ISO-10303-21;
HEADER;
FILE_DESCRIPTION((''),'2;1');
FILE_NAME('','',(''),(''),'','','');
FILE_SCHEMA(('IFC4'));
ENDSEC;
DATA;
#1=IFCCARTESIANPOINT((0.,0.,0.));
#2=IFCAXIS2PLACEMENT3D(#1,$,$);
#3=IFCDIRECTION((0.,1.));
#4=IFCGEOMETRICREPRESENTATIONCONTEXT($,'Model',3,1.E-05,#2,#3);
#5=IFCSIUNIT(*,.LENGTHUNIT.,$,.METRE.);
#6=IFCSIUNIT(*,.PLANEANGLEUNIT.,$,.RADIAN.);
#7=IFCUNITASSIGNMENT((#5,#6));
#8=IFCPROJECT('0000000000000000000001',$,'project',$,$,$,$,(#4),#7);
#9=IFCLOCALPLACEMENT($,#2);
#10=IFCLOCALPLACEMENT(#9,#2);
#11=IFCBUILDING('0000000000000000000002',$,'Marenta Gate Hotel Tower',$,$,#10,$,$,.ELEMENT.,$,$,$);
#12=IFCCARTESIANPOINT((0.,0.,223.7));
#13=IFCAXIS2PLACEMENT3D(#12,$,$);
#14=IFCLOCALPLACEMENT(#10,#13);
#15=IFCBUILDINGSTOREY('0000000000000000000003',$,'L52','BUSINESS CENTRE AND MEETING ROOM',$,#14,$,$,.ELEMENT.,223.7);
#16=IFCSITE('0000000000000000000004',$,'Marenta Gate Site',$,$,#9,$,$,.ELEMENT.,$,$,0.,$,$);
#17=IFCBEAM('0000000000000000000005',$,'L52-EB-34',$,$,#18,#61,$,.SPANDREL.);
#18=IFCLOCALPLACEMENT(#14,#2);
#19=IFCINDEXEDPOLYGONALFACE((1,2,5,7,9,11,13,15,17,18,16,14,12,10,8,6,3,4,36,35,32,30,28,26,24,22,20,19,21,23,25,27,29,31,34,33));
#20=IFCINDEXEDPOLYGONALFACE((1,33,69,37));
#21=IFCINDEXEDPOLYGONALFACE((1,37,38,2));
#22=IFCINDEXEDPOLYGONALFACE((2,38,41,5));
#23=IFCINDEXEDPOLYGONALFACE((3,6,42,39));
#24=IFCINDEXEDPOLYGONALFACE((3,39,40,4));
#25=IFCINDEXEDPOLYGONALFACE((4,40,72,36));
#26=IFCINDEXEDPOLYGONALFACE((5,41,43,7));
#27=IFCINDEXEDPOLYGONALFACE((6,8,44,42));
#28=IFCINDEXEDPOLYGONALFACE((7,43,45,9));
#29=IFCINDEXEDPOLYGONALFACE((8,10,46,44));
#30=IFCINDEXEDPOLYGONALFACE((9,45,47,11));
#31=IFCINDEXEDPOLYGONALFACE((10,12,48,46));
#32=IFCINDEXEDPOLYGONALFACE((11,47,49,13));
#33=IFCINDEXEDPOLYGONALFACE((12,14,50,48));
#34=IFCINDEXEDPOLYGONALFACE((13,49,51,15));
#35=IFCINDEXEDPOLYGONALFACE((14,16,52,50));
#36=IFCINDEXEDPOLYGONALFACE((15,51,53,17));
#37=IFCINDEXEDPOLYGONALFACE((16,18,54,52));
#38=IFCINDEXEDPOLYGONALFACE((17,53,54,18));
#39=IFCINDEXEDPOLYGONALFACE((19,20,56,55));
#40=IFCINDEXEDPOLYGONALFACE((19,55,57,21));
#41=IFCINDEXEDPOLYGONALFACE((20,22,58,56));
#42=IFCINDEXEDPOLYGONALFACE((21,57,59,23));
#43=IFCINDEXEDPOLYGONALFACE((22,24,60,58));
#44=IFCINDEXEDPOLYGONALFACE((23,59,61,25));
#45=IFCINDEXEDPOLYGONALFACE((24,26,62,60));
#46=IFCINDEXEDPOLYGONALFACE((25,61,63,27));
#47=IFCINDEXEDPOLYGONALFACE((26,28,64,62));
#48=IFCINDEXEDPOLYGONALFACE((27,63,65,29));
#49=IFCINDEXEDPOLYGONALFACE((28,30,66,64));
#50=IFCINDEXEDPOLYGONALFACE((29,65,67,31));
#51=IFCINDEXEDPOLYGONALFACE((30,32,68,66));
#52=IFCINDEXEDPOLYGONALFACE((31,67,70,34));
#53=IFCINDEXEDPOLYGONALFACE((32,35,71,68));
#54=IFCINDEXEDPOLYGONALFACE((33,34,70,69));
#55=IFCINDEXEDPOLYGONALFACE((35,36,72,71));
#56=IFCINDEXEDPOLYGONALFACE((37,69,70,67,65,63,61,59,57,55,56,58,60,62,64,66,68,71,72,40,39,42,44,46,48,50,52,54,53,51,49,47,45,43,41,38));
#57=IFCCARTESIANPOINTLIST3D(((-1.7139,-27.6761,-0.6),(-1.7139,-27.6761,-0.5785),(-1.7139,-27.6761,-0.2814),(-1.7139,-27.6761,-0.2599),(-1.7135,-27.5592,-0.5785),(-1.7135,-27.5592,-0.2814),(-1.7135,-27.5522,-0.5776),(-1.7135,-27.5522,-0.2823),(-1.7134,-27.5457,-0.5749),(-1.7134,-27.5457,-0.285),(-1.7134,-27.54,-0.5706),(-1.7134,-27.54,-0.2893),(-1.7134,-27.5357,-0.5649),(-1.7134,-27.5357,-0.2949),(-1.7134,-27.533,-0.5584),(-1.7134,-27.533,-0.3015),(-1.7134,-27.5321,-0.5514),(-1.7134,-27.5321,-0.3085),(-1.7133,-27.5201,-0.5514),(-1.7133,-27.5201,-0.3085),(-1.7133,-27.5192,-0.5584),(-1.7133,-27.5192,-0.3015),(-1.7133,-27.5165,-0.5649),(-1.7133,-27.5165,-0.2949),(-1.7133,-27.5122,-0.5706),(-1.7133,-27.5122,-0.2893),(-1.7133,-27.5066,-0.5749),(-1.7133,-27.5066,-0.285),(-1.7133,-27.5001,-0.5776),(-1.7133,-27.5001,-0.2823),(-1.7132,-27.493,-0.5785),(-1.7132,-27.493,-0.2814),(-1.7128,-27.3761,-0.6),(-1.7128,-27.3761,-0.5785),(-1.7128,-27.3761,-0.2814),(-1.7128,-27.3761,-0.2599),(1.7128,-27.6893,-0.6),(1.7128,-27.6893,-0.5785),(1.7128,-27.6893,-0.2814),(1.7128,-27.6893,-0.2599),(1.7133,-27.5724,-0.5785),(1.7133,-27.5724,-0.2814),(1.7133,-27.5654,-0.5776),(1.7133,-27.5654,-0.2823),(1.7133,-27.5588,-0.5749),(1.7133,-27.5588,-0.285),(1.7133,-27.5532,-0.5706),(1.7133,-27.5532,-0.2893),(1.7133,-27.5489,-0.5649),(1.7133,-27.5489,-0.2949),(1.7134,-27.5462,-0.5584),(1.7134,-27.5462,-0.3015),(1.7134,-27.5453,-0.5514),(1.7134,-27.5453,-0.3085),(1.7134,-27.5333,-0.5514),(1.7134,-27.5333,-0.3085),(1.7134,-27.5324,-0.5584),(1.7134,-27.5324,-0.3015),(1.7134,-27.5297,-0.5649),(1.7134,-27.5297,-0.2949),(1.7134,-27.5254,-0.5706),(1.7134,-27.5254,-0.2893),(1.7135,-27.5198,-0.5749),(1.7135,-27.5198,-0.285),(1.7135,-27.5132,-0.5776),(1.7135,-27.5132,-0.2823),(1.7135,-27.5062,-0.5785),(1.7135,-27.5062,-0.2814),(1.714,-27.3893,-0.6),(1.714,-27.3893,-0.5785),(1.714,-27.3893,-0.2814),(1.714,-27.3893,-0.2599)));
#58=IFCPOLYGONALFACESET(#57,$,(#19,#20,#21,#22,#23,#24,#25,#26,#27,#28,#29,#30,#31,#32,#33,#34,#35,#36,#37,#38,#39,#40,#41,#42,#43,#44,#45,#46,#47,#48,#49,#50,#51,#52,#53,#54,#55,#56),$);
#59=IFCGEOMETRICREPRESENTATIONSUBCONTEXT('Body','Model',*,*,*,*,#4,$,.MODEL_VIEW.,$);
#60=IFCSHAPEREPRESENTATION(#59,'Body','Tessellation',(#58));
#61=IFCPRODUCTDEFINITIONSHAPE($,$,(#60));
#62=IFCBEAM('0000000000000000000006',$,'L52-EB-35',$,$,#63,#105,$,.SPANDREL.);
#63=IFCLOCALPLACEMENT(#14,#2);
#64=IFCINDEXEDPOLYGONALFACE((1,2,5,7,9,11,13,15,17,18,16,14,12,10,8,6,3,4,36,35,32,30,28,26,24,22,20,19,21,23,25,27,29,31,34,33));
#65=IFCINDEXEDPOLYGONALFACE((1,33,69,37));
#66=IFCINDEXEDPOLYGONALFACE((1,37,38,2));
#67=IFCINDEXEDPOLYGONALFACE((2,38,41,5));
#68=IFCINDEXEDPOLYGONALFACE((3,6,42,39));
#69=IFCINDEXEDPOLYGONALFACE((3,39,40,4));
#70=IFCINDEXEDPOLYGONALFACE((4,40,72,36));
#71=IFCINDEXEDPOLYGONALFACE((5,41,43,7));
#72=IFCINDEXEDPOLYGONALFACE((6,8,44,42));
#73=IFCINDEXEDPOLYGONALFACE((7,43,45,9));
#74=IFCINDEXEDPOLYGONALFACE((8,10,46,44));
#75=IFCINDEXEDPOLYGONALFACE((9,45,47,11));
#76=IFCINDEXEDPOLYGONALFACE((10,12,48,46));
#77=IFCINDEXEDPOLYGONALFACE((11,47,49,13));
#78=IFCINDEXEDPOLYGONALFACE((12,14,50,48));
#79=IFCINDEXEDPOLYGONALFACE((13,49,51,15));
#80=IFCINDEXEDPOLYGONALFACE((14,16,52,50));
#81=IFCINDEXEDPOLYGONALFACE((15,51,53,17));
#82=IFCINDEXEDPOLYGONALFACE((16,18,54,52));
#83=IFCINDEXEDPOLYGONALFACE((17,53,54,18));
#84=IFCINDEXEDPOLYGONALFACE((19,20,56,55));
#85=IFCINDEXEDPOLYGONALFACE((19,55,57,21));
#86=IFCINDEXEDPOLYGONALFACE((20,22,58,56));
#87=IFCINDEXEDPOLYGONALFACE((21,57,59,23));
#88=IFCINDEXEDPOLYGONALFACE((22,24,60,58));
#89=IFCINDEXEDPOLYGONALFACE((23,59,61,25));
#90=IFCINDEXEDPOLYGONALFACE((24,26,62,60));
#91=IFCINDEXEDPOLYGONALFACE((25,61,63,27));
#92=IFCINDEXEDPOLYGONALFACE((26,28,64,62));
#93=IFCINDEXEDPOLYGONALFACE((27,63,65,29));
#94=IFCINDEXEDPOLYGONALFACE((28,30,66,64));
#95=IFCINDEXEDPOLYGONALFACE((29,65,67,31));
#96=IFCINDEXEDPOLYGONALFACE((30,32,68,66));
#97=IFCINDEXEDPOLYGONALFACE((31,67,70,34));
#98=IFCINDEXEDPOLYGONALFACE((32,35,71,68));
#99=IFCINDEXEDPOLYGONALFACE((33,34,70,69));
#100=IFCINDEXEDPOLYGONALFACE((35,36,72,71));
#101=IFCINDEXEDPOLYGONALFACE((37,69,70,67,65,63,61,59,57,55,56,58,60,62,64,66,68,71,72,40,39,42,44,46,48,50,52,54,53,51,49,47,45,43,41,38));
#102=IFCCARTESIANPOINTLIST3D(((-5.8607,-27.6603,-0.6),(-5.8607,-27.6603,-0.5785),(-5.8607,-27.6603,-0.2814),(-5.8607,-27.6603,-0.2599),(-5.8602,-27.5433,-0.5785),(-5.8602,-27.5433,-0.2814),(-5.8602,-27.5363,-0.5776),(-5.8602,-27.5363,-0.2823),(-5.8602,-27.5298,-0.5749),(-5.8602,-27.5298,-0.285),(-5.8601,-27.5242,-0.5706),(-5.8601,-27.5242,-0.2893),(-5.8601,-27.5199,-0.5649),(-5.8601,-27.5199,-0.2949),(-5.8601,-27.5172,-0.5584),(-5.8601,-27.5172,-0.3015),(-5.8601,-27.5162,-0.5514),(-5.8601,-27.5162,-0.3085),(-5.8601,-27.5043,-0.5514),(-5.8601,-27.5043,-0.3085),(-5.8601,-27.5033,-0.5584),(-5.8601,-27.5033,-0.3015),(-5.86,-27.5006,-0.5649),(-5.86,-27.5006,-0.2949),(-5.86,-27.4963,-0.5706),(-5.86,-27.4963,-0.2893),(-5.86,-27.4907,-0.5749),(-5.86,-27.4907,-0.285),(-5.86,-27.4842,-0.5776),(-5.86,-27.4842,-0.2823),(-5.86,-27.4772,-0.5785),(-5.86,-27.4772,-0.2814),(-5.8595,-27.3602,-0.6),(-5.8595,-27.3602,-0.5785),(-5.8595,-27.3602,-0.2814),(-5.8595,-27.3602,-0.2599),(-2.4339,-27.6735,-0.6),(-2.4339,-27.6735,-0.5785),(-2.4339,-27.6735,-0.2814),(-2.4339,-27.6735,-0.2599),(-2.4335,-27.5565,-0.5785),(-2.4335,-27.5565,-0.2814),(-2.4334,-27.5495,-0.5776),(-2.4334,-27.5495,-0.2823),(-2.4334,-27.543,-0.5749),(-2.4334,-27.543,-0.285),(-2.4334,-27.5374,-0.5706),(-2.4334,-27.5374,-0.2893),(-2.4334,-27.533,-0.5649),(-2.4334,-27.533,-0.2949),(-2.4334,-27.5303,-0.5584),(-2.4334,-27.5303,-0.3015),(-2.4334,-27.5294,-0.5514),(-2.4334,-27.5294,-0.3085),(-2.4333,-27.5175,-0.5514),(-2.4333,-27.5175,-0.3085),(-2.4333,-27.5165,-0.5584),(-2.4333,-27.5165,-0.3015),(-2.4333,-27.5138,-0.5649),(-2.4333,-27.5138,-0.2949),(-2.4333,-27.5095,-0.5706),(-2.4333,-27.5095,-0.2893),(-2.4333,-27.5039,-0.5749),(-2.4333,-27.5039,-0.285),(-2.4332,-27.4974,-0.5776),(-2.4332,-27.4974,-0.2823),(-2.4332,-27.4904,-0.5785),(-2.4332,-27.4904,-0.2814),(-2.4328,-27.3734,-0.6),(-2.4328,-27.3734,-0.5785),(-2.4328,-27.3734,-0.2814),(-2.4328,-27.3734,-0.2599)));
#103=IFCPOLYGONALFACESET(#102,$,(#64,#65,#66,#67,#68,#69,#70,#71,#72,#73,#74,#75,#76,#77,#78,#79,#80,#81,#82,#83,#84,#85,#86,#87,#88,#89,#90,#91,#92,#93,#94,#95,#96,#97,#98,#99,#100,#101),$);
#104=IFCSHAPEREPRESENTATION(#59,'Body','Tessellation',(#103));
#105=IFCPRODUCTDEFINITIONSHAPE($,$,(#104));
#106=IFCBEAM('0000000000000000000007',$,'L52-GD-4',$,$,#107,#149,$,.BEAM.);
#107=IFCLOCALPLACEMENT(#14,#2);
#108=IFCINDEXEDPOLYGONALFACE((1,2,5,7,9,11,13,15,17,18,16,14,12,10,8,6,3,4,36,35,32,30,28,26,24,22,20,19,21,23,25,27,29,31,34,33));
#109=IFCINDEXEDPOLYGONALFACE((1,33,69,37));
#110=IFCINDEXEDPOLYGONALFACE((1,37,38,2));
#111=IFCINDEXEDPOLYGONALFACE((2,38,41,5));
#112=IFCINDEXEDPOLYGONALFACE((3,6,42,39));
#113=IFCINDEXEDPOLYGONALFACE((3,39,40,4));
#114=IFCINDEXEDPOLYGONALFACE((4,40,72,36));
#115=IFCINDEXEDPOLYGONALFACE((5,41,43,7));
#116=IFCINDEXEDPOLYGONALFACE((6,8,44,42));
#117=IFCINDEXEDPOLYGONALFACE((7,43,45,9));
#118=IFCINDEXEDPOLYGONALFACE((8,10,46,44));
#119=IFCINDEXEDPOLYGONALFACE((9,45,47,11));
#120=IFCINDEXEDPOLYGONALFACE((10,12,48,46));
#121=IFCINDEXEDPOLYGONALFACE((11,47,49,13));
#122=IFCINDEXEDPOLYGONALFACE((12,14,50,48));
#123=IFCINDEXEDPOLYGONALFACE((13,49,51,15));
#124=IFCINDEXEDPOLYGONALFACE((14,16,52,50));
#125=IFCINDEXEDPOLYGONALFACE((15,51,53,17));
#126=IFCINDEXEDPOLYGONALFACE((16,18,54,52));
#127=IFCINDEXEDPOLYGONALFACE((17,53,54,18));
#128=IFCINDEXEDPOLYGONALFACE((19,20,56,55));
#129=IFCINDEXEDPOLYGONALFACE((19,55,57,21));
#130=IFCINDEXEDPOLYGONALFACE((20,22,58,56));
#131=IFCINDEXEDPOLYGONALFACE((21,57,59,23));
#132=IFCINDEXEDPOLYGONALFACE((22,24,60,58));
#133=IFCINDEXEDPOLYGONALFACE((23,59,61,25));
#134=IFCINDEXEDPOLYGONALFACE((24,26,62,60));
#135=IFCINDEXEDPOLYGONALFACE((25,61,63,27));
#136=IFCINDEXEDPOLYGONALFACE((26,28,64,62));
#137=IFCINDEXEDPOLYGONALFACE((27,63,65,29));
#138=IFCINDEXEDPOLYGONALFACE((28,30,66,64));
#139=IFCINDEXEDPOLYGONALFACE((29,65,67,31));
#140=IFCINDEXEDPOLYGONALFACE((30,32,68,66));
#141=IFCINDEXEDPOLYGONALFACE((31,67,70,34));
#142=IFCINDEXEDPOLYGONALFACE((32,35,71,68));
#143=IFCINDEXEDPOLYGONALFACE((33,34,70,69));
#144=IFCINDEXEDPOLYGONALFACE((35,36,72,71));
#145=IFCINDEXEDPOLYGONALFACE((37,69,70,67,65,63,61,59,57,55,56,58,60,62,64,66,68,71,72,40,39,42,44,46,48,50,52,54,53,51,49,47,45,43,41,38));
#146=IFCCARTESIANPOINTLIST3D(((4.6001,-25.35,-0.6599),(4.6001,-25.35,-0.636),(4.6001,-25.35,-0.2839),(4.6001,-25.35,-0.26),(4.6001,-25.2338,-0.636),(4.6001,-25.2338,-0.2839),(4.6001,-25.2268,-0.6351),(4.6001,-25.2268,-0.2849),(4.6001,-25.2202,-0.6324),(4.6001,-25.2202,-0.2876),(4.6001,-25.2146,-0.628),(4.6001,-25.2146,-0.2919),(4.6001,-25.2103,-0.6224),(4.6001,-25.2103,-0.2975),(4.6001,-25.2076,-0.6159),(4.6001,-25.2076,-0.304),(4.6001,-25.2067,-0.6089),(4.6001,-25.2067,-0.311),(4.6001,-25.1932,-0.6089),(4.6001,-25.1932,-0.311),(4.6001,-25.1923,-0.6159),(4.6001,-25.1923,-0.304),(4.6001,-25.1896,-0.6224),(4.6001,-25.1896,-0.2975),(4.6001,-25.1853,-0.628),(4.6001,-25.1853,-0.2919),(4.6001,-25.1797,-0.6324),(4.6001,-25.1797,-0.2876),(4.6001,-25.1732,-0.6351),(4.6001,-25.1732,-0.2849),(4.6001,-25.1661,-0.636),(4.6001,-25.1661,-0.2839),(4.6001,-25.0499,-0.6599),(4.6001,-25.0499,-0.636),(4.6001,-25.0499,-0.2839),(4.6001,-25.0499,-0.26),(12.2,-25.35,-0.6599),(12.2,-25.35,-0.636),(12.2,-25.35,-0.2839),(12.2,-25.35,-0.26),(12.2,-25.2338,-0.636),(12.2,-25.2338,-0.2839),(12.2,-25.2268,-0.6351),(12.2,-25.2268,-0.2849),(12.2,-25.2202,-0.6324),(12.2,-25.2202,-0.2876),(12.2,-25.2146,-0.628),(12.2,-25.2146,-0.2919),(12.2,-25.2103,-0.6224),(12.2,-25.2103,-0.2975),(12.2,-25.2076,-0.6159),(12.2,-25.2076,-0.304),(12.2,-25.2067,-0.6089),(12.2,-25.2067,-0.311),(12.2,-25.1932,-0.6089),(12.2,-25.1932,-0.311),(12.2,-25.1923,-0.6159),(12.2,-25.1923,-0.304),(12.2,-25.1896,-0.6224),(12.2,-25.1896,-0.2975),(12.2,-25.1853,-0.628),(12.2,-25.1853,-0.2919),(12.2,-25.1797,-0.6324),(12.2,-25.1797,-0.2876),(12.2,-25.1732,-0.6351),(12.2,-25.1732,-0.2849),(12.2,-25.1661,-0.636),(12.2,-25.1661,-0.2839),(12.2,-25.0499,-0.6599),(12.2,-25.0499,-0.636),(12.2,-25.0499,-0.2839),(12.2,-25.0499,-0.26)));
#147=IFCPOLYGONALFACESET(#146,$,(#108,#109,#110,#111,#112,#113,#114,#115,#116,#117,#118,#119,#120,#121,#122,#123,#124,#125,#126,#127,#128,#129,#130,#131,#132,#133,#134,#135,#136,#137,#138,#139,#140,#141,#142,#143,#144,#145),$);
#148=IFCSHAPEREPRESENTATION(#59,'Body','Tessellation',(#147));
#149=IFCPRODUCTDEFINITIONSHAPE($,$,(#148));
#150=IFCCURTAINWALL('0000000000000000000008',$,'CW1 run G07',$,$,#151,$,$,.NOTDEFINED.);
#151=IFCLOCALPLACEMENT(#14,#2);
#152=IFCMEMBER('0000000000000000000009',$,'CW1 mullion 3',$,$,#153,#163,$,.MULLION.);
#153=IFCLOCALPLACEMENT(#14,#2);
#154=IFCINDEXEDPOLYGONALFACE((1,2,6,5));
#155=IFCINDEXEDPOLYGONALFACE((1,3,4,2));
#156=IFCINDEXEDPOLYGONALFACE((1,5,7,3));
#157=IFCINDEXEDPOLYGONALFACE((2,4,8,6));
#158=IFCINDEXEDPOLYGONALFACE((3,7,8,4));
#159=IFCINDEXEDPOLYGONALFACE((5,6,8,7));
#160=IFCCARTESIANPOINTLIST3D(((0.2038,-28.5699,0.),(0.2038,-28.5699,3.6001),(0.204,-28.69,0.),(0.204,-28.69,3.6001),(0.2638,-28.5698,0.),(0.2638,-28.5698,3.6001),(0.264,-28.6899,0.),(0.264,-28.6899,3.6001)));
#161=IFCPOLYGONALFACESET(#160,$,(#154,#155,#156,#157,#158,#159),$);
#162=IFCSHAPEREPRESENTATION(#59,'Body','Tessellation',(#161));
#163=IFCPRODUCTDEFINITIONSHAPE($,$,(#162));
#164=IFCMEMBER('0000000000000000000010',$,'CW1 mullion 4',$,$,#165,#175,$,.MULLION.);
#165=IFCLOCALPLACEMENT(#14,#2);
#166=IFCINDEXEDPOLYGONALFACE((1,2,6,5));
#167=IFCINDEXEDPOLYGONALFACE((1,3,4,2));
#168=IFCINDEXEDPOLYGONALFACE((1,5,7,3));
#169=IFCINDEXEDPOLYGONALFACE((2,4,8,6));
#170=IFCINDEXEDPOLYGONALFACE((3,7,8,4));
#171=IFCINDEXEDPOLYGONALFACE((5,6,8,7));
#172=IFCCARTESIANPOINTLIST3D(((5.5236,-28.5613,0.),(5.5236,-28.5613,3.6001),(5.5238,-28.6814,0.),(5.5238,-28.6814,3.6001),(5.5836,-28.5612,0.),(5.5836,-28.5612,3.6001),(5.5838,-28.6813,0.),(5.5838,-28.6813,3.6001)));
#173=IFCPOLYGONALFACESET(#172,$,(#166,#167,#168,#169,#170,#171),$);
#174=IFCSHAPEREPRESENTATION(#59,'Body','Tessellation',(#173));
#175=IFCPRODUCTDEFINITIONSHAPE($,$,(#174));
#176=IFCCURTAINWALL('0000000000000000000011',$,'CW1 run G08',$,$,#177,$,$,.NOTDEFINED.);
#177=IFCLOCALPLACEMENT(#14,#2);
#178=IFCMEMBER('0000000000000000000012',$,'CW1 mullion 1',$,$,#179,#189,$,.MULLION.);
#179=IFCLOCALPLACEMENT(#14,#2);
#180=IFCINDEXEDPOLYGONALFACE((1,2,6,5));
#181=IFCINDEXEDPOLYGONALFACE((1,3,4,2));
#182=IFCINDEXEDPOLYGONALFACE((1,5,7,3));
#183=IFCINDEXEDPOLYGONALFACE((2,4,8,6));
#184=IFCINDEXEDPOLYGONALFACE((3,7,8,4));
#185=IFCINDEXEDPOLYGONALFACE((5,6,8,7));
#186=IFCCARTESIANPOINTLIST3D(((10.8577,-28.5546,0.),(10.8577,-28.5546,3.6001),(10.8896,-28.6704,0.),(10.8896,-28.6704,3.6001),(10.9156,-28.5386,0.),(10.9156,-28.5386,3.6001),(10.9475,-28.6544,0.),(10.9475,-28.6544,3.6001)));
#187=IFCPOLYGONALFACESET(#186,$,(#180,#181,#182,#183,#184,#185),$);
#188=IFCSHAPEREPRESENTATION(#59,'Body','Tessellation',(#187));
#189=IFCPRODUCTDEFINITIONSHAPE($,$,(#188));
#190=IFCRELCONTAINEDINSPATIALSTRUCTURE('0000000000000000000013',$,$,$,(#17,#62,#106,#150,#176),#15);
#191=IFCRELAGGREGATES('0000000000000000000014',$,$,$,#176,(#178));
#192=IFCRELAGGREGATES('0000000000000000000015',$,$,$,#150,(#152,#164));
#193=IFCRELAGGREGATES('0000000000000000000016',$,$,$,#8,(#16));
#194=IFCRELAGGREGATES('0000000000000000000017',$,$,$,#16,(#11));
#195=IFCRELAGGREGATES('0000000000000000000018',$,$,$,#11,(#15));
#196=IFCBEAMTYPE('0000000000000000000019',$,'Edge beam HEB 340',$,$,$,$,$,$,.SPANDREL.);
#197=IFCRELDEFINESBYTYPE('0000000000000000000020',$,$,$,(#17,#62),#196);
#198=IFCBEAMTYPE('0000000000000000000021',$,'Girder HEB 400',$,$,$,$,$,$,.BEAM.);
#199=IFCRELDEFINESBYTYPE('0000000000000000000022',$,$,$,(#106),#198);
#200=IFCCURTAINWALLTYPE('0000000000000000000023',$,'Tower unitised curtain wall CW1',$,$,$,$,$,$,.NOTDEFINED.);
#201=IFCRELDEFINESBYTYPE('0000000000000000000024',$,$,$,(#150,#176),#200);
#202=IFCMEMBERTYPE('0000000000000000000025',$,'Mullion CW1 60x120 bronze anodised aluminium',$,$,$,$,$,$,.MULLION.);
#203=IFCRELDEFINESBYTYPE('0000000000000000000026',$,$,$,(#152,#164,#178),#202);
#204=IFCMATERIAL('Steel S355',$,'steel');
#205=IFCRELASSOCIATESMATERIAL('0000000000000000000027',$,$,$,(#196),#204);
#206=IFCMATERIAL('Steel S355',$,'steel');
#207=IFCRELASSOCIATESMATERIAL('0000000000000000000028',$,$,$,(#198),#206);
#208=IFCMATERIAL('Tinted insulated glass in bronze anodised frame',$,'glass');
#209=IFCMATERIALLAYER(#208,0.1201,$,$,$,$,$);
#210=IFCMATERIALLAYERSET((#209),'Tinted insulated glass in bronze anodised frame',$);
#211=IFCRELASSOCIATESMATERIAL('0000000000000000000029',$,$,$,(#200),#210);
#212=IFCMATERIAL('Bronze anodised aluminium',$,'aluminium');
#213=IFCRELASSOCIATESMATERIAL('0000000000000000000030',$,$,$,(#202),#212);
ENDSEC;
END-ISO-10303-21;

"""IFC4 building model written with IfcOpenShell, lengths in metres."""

from ifc_helpers import new_model, si_unit, direction, frame, origin, origin_2d, place, context, subcontext, project, spatial, rectangle, i_section, extrude, material, layer, layer_set, material_profile, profile_set, type_object, element, aggregate, save


model = new_model("IFC4")

# Units and contexts
model_context = context("Model", 3, precision=1e-05, world=origin(), true_north=direction((0.0, 1.0)))
body_context = subcontext(model_context, "Body", "Model", "MODEL_VIEW")
ifc_project = project(units=[si_unit("LENGTHUNIT", "METRE"), si_unit("PLANEANGLEUNIT", "RADIAN")], contexts=[model_context])

# Site, building, storey
site_placement = place(None, origin())
site = spatial("IfcSite", under=ifc_project, at=site_placement, Name="Marenta Gate Site", CompositionType="ELEMENT", RefElevation=0.0)
building_placement = place(site_placement, origin())
building = spatial("IfcBuilding", under=site, at=building_placement, Name="Marenta Gate Hotel Tower", CompositionType="ELEMENT")
storey_placement = place(building_placement, frame((0.0, 0.0, 223.7)))
storey = spatial("IfcBuildingStorey", under=building, at=storey_placement, Name="L52", Description="BUSINESS CENTRE AND MEETING ROOM", CompositionType="ELEMENT", Elevation=223.7)

# Beams
ifc_material_1 = material(Name="Steel S355", Category="steel")
ifc_material_profile_1 = material_profile(ifc_material_1, i_section(OverallWidth=0.3, OverallDepth=0.3401, WebThickness=0.012, FlangeThickness=0.0215, FilletRadius=0.0271, at=origin_2d()), Name="HEB 340")
ifc_profile_set_1 = profile_set([ifc_material_profile_1], Name="Steel S355")
beam_type_1 = type_object("IfcBeamType", Name="Edge beam HEB 340", PredefinedType="SPANDREL", material=ifc_profile_set_1)
for number, where, z_axis, x_axis, name in (
    (1, (1.7134, -27.5393, -0.4299), (-0.999993, 0.003847, 0.0), (-0.003847, -0.999993, 0.0), "L52-EB-34"),
    (2, (-2.4333, -27.5234, -0.4299), (-0.999993, 0.003847, 0.0), (-0.003847, -0.999993, 0.0), "L52-EB-35"),
):
    element("IfcBeam", number, at=place(storey_placement, frame(where, z_axis=z_axis, x_axis=x_axis)), inside=storey, type_object=beam_type_1, Name=name, PredefinedType="SPANDREL", context=body_context, shape_type="SweptSolid", body=[
        extrude(i_section(OverallWidth=0.3, OverallDepth=0.3401, WebThickness=0.012, FlangeThickness=0.0215, FilletRadius=0.0271, at=origin_2d()), origin(), (0.0, 0.0, 1.0), 3.4268),
    ])
ifc_material_2 = material(Name="Steel S355", Category="steel")
ifc_material_profile_2 = material_profile(ifc_material_2, i_section(OverallWidth=0.3, OverallDepth=0.3999, WebThickness=0.0134, FlangeThickness=0.0239, FilletRadius=0.0271, at=origin_2d()), Name="HEB 400")
ifc_profile_set_2 = profile_set([ifc_material_profile_2], Name="Steel S355")
beam_type_2 = type_object("IfcBeamType", Name="Girder HEB 400", PredefinedType="BEAM", material=ifc_profile_set_2)
beam_1_placement = place(storey_placement, frame((4.6001, -25.2, -0.46), z_axis=(1.0, 0.0, 0.0), x_axis=(0.0, 1.0, 0.0)))
element("IfcBeam", 3, at=beam_1_placement, inside=storey, type_object=beam_type_2, Name="L52-GD-4", PredefinedType="BEAM", context=body_context, shape_type="SweptSolid", body=[
    extrude(i_section(OverallWidth=0.3, OverallDepth=0.3999, WebThickness=0.0134, FlangeThickness=0.0239, FilletRadius=0.0271, at=origin_2d()), origin(), (0.0, 0.0, 1.0), 7.5999),
])

# Curtain wall, members
ifc_material_3 = material(Name="Tinted insulated glass in bronze anodised frame", Category="glass")
ifc_layer_1 = layer(ifc_material_3, 0.1201)
ifc_layer_set_1 = layer_set([ifc_layer_1], Name="Tinted insulated glass in bronze anodised frame")
curtain_wall_type = type_object("IfcCurtainWallType", Name="Tower unitised curtain wall CW1", PredefinedType="NOTDEFINED", material=ifc_layer_set_1)
curtain_wall_1_placement = place(storey_placement, origin())
curtain_wall_1 = element("IfcCurtainWall", 4, at=curtain_wall_1_placement, inside=storey, type_object=curtain_wall_type, Name="CW1 run G07", PredefinedType="NOTDEFINED")
ifc_material_4 = material(Name="Bronze anodised aluminium", Category="aluminium")
ifc_material_profile_3 = material_profile(ifc_material_4, rectangle(XDim=0.1201, YDim=0.0601, at=origin_2d()), Name="Mullion CW1 60x120 bronze anodised aluminium")
ifc_profile_set_3 = profile_set([ifc_material_profile_3], Name="Bronze anodised aluminium")
member_type_1 = type_object("IfcMemberType", Name="Mullion CW1 60x120 bronze anodised aluminium", PredefinedType="MULLION", material=ifc_profile_set_3)
member_1_placement = place(storey_placement, frame((0.2339, -28.6299, 0.0), z_axis=(0.0, 0.0, 1.0), x_axis=(-0.001645, 0.999999, 0.0)))
member_1 = element("IfcMember", 5, at=member_1_placement, type_object=member_type_1, Name="CW1 mullion 3", PredefinedType="MULLION", context=body_context, shape_type="SweptSolid", body=[
    extrude(rectangle(XDim=0.1201, YDim=0.0601, at=origin_2d()), origin(), (0.0, 0.0, 1.0), 3.6001),
])
member_2_placement = place(storey_placement, frame((5.5537, -28.6213, 0.0), z_axis=(0.0, 0.0, 1.0), x_axis=(-0.001645, 0.999999, 0.0)))
member_2 = element("IfcMember", 6, at=member_2_placement, type_object=member_type_1, Name="CW1 mullion 4", PredefinedType="MULLION", context=body_context, shape_type="SweptSolid", body=[
    extrude(rectangle(XDim=0.1201, YDim=0.0601, at=origin_2d()), origin(), (0.0, 0.0, 1.0), 3.6001),
])

# Curtain wall, member
curtain_wall_2_placement = place(storey_placement, origin())
curtain_wall_2 = element("IfcCurtainWall", 7, at=curtain_wall_2_placement, inside=storey, type_object=curtain_wall_type, Name="CW1 run G08", PredefinedType="NOTDEFINED")
member_3_placement = place(storey_placement, frame((10.9026, -28.6045, 0.0), z_axis=(0.0, 0.0, 1.0), x_axis=(-0.265293, 0.964168, 0.0)))
member_3 = element("IfcMember", 8, at=member_3_placement, type_object=member_type_1, Name="CW1 mullion 1", PredefinedType="MULLION", context=body_context, shape_type="SweptSolid", body=[
    extrude(rectangle(XDim=0.1201, YDim=0.0601, at=origin_2d()), origin(), (0.0, 0.0, 1.0), 3.6001),
])

aggregate(curtain_wall_2, [member_3])

aggregate(curtain_wall_1, [member_1, member_2])

save(model, "model.ifc")
